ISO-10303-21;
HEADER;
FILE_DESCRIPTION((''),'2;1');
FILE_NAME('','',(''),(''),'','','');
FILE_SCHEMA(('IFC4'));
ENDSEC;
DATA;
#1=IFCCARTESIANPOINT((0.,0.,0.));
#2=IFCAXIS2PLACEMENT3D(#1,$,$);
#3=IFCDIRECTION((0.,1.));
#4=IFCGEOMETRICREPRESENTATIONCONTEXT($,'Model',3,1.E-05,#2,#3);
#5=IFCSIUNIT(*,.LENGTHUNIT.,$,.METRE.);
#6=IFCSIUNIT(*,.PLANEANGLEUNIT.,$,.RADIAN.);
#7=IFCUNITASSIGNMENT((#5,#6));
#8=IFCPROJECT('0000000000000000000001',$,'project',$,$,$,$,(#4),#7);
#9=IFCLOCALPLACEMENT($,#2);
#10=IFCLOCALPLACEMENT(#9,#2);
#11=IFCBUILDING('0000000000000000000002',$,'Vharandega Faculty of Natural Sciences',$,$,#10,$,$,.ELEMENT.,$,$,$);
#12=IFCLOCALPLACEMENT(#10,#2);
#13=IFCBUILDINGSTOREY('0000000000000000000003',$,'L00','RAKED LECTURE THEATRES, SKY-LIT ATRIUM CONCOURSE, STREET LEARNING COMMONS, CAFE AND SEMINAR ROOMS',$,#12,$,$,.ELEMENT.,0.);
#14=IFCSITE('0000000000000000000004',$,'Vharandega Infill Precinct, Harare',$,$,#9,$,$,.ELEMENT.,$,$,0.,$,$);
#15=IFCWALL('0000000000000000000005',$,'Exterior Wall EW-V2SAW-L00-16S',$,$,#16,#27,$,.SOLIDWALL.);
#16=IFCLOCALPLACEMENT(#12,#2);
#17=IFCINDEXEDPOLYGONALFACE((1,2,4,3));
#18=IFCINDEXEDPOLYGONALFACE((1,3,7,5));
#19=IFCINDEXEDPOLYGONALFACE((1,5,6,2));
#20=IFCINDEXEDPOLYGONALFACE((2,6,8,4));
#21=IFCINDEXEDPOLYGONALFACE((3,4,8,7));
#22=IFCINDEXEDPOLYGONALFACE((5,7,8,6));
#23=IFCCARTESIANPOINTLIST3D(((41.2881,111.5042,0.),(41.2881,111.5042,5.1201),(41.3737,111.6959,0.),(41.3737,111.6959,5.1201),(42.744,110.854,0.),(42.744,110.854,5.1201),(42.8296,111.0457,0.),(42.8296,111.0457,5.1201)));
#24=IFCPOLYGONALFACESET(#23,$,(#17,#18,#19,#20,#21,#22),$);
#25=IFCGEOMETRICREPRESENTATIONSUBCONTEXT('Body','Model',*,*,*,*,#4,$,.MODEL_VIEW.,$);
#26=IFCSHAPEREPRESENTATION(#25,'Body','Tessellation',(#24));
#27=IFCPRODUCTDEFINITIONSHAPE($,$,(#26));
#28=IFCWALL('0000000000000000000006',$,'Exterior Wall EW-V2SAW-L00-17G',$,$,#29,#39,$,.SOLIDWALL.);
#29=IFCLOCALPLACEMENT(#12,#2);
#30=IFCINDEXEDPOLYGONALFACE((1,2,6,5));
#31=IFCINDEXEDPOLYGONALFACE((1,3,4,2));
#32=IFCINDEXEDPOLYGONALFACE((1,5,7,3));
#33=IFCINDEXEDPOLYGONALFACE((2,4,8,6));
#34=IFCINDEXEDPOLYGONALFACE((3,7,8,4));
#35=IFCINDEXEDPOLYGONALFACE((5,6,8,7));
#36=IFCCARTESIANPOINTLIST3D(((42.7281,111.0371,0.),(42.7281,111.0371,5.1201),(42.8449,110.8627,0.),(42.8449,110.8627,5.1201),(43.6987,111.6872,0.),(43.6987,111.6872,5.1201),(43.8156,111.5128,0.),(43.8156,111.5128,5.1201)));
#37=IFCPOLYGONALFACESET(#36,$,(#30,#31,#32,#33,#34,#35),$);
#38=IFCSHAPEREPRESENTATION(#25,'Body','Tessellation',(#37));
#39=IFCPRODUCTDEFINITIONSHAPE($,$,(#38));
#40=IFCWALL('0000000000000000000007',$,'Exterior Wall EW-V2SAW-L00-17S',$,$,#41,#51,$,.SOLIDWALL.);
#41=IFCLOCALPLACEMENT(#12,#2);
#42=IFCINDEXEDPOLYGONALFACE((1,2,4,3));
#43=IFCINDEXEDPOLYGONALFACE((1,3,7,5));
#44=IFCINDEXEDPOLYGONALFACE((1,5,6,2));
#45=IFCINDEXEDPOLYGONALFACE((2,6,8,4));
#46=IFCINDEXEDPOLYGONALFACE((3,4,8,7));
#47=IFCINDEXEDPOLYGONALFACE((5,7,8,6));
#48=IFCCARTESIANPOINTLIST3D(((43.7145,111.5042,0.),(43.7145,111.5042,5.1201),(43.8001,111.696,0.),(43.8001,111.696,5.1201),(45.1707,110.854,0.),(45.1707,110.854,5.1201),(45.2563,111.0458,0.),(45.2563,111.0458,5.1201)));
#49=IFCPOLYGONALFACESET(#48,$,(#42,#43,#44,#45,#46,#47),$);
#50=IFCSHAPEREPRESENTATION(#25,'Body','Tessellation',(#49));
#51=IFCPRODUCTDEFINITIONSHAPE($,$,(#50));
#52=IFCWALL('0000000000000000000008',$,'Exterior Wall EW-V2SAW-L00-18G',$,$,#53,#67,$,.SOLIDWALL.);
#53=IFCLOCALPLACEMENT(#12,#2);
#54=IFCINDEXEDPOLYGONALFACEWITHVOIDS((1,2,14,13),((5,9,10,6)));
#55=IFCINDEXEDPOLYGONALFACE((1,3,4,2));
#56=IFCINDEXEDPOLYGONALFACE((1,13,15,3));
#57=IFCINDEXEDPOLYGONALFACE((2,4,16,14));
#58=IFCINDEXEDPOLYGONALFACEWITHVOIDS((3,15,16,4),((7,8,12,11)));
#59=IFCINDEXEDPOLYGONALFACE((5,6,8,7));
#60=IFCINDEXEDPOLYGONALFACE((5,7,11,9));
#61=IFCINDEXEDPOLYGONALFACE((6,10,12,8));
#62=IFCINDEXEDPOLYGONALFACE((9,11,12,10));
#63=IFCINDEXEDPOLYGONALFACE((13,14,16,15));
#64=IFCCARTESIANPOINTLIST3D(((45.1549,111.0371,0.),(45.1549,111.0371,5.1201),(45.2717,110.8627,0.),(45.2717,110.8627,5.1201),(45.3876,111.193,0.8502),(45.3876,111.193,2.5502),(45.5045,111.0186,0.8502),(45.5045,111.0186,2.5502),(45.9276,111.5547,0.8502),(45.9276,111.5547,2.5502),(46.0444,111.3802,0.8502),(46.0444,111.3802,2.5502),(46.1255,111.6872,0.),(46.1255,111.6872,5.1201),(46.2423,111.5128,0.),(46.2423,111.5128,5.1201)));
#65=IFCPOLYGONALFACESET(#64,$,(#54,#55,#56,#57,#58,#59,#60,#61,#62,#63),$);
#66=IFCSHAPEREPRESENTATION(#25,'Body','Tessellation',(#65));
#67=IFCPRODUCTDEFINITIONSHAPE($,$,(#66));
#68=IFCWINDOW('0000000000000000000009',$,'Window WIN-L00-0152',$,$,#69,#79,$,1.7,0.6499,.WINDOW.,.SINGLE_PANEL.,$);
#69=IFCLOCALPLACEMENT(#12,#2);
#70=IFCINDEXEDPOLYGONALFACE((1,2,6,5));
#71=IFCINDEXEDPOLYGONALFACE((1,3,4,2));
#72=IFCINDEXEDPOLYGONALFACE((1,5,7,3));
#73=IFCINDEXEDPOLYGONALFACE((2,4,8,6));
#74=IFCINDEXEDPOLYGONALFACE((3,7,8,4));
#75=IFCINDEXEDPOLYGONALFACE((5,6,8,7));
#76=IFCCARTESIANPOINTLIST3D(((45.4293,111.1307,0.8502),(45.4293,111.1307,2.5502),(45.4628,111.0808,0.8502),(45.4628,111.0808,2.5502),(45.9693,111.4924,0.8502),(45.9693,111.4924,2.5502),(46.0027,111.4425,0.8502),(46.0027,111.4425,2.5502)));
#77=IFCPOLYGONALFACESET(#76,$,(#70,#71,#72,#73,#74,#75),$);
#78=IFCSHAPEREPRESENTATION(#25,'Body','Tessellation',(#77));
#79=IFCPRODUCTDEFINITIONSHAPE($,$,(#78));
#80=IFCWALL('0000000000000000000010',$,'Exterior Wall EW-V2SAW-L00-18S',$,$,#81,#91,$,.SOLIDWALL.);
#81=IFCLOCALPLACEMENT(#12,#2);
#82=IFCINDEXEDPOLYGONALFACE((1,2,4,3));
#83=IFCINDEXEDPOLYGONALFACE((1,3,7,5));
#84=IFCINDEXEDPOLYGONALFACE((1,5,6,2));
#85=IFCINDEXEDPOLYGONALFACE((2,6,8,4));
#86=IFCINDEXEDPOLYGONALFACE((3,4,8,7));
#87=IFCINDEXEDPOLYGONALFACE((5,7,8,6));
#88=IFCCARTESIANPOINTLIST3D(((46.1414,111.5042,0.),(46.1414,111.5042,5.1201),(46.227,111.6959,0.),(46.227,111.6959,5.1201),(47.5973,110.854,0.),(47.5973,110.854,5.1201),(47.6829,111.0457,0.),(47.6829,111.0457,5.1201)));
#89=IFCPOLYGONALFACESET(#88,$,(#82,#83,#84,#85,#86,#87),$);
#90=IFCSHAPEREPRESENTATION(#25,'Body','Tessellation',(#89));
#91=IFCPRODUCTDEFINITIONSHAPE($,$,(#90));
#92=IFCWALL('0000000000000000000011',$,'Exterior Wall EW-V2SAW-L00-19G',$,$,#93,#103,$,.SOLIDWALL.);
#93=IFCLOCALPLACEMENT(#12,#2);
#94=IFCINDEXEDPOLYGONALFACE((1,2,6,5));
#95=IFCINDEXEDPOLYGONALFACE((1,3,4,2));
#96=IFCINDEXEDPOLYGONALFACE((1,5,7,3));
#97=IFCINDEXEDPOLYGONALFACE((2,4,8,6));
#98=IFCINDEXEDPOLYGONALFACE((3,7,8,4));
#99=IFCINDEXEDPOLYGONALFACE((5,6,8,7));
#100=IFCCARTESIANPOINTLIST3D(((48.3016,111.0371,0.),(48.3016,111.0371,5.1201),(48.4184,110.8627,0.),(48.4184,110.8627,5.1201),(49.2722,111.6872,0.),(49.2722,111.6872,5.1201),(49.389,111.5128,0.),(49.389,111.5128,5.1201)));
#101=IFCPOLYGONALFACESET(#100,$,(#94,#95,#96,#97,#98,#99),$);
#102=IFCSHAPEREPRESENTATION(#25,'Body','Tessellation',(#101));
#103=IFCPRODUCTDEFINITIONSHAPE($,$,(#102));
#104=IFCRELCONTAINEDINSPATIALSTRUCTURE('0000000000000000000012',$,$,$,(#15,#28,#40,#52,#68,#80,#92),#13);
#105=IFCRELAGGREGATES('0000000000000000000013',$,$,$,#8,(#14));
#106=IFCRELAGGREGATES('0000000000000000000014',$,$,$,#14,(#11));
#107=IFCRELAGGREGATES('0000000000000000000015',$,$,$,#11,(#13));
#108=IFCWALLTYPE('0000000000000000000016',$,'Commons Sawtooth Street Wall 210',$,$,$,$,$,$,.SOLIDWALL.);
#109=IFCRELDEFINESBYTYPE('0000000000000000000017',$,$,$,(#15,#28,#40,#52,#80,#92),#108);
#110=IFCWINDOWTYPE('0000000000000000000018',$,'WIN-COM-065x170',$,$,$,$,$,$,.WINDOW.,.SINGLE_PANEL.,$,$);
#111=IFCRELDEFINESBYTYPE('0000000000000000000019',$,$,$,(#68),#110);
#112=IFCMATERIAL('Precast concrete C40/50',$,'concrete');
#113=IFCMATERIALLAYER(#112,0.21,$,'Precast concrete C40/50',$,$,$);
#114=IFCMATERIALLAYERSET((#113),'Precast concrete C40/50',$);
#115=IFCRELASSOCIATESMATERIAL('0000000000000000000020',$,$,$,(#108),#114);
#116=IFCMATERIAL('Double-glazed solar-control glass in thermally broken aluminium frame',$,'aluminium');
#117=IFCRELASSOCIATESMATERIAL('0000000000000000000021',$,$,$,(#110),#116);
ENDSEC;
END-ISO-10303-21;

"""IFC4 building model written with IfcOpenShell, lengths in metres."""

from ifc_helpers import new_model, si_unit, direction, frame, frame_2d, origin, place, context, subcontext, project, spatial, rectangle, extrude, material, layer, layer_set, type_object, element, fill, save


model = new_model("IFC4")

# Units and contexts
model_context = context("Model", 3, precision=1e-05, world=origin(), true_north=direction((0.0, 1.0)))
body_context = subcontext(model_context, "Body", "Model", "MODEL_VIEW")
ifc_project = project(units=[si_unit("LENGTHUNIT", "METRE"), si_unit("PLANEANGLEUNIT", "RADIAN")], contexts=[model_context])

# Site, building, storey
site_placement = place(None, origin())
site = spatial("IfcSite", under=ifc_project, at=site_placement, Name="Vharandega Infill Precinct, Harare", CompositionType="ELEMENT", RefElevation=0.0)
building_placement = place(site_placement, origin())
building = spatial("IfcBuilding", under=site, at=building_placement, Name="Vharandega Faculty of Natural Sciences", CompositionType="ELEMENT")
storey_placement = place(building_placement, origin())
storey = spatial("IfcBuildingStorey", under=building, at=storey_placement, Name="L00", Description="RAKED LECTURE THEATRES, SKY-LIT ATRIUM CONCOURSE, STREET LEARNING COMMONS, CAFE AND SEMINAR ROOMS", CompositionType="ELEMENT", Elevation=0.0)

# Walls
ifc_material_1 = material(Name="Precast concrete C40/50", Category="concrete")
ifc_layer_1 = layer(ifc_material_1, 0.21, Name="Precast concrete C40/50")
ifc_layer_set_1 = layer_set([ifc_layer_1], Name="Precast concrete C40/50")
wall_type_1 = type_object("IfcWallType", Name="Commons Sawtooth Street Wall 210", PredefinedType="SOLIDWALL", material=ifc_layer_set_1)
wall_1_placement = place(storey_placement, frame((41.3308, 111.6001, 0.0), z_axis=(0.0, 0.0, 1.0), x_axis=(0.913084, -0.407772, 0.0)))
element("IfcWall", 1, at=wall_1_placement, inside=storey, type_object=wall_type_1, Name="Exterior Wall EW-V2SAW-L00-16S", PredefinedType="SOLIDWALL", context=body_context, shape_type="SweptSolid", body=[
    extrude(rectangle(XDim=1.5945, YDim=0.21, at=frame_2d((0.7974, 0.0))), origin(), (0.0, 0.0, 1.0), 5.1201),
])
wall_2_placement = place(storey_placement, frame((42.7866, 110.95, 0.0), z_axis=(0.0, 0.0, 1.0), x_axis=(0.830859, 0.556483, 0.0)))
element("IfcWall", 2, at=wall_2_placement, inside=storey, type_object=wall_type_1, Name="Exterior Wall EW-V2SAW-L00-17G", PredefinedType="SOLIDWALL", context=body_context, shape_type="SweptSolid", body=[
    extrude(rectangle(XDim=1.1682, YDim=0.21, at=frame_2d((0.584, 0.0))), origin(), (0.0, 0.0, 1.0), 5.1201),
])
wall_3_placement = place(storey_placement, frame((43.7573, 111.6001, 0.0), z_axis=(0.0, 0.0, 1.0), x_axis=(0.913109, -0.407715, 0.0)))
element("IfcWall", 3, at=wall_3_placement, inside=storey, type_object=wall_type_1, Name="Exterior Wall EW-V2SAW-L00-17S", PredefinedType="SOLIDWALL", context=body_context, shape_type="SweptSolid", body=[
    extrude(rectangle(XDim=1.5947, YDim=0.21, at=frame_2d((0.7974, 0.0))), origin(), (0.0, 0.0, 1.0), 5.1201),
])

# Wall, opening, window
wall_4_placement = place(storey_placement, frame((45.2134, 110.95, 0.0), z_axis=(0.0, 0.0, 1.0), x_axis=(0.830859, 0.556483, 0.0)))
wall_4 = element("IfcWall", 4, at=wall_4_placement, inside=storey, type_object=wall_type_1, Name="Exterior Wall EW-V2SAW-L00-18G", PredefinedType="SOLIDWALL", context=body_context, shape_type="SweptSolid", body=[
    extrude(rectangle(XDim=1.1682, YDim=0.21, at=frame_2d((0.584, 0.0))), origin(), (0.0, 0.0, 1.0), 5.1201),
])
opening_1_placement = place(wall_4_placement, frame((0.28, 0.0, 0.8501)))
opening_1 = element("IfcOpeningElement", 5, at=opening_1_placement, cuts=wall_4, PredefinedType="OPENING", context=body_context, shape_type="SweptSolid", body=[
    extrude(rectangle(XDim=0.6499, YDim=1.7, at=frame_2d((0.325, 0.8501))), frame((0.0, 0.115, 0.0), z_axis=(0.0, -1.0, 0.0), x_axis=(1.0, 0.0, 0.0)), (0.0, 0.0, 1.0), 0.23),
])
ifc_material_2 = material(Name="Double-glazed solar-control glass in thermally broken aluminium frame", Category="aluminium")
window_type = type_object("IfcWindowType", Name="WIN-COM-065x170", PartitioningType="SINGLE_PANEL", PredefinedType="WINDOW", material=ifc_material_2)
window_placement = place(opening_1_placement, origin())
window = element("IfcWindow", 6, at=window_placement, inside=storey, type_object=window_type, Name="Window WIN-L00-0152", OverallHeight=1.7, OverallWidth=0.6499, PartitioningType="SINGLE_PANEL", PredefinedType="WINDOW", context=body_context, shape_type="SweptSolid", body=[
    extrude(rectangle(XDim=0.6499, YDim=1.7, at=frame_2d((0.325, 0.8501))), frame((0.0, 0.03, 0.0), z_axis=(0.0, -1.0, 0.0), x_axis=(1.0, 0.0, 0.0)), (0.0, 0.0, 1.0), 0.0601),
])
fill(opening_1, window)

# Walls
wall_5_placement = place(storey_placement, frame((46.1841, 111.6001, 0.0), z_axis=(0.0, 0.0, 1.0), x_axis=(0.913084, -0.407772, 0.0)))
element("IfcWall", 7, at=wall_5_placement, inside=storey, type_object=wall_type_1, Name="Exterior Wall EW-V2SAW-L00-18S", PredefinedType="SOLIDWALL", context=body_context, shape_type="SweptSolid", body=[
    extrude(rectangle(XDim=1.5945, YDim=0.21, at=frame_2d((0.7974, 0.0))), origin(), (0.0, 0.0, 1.0), 5.1201),
])
wall_6_placement = place(storey_placement, frame((48.3601, 110.95, 0.0), z_axis=(0.0, 0.0, 1.0), x_axis=(0.830859, 0.556483, 0.0)))
element("IfcWall", 8, at=wall_6_placement, inside=storey, type_object=wall_type_1, Name="Exterior Wall EW-V2SAW-L00-19G", PredefinedType="SOLIDWALL", context=body_context, shape_type="SweptSolid", body=[
    extrude(rectangle(XDim=1.1682, YDim=0.21, at=frame_2d((0.584, 0.0))), origin(), (0.0, 0.0, 1.0), 5.1201),
])

save(model, "model.ifc")
